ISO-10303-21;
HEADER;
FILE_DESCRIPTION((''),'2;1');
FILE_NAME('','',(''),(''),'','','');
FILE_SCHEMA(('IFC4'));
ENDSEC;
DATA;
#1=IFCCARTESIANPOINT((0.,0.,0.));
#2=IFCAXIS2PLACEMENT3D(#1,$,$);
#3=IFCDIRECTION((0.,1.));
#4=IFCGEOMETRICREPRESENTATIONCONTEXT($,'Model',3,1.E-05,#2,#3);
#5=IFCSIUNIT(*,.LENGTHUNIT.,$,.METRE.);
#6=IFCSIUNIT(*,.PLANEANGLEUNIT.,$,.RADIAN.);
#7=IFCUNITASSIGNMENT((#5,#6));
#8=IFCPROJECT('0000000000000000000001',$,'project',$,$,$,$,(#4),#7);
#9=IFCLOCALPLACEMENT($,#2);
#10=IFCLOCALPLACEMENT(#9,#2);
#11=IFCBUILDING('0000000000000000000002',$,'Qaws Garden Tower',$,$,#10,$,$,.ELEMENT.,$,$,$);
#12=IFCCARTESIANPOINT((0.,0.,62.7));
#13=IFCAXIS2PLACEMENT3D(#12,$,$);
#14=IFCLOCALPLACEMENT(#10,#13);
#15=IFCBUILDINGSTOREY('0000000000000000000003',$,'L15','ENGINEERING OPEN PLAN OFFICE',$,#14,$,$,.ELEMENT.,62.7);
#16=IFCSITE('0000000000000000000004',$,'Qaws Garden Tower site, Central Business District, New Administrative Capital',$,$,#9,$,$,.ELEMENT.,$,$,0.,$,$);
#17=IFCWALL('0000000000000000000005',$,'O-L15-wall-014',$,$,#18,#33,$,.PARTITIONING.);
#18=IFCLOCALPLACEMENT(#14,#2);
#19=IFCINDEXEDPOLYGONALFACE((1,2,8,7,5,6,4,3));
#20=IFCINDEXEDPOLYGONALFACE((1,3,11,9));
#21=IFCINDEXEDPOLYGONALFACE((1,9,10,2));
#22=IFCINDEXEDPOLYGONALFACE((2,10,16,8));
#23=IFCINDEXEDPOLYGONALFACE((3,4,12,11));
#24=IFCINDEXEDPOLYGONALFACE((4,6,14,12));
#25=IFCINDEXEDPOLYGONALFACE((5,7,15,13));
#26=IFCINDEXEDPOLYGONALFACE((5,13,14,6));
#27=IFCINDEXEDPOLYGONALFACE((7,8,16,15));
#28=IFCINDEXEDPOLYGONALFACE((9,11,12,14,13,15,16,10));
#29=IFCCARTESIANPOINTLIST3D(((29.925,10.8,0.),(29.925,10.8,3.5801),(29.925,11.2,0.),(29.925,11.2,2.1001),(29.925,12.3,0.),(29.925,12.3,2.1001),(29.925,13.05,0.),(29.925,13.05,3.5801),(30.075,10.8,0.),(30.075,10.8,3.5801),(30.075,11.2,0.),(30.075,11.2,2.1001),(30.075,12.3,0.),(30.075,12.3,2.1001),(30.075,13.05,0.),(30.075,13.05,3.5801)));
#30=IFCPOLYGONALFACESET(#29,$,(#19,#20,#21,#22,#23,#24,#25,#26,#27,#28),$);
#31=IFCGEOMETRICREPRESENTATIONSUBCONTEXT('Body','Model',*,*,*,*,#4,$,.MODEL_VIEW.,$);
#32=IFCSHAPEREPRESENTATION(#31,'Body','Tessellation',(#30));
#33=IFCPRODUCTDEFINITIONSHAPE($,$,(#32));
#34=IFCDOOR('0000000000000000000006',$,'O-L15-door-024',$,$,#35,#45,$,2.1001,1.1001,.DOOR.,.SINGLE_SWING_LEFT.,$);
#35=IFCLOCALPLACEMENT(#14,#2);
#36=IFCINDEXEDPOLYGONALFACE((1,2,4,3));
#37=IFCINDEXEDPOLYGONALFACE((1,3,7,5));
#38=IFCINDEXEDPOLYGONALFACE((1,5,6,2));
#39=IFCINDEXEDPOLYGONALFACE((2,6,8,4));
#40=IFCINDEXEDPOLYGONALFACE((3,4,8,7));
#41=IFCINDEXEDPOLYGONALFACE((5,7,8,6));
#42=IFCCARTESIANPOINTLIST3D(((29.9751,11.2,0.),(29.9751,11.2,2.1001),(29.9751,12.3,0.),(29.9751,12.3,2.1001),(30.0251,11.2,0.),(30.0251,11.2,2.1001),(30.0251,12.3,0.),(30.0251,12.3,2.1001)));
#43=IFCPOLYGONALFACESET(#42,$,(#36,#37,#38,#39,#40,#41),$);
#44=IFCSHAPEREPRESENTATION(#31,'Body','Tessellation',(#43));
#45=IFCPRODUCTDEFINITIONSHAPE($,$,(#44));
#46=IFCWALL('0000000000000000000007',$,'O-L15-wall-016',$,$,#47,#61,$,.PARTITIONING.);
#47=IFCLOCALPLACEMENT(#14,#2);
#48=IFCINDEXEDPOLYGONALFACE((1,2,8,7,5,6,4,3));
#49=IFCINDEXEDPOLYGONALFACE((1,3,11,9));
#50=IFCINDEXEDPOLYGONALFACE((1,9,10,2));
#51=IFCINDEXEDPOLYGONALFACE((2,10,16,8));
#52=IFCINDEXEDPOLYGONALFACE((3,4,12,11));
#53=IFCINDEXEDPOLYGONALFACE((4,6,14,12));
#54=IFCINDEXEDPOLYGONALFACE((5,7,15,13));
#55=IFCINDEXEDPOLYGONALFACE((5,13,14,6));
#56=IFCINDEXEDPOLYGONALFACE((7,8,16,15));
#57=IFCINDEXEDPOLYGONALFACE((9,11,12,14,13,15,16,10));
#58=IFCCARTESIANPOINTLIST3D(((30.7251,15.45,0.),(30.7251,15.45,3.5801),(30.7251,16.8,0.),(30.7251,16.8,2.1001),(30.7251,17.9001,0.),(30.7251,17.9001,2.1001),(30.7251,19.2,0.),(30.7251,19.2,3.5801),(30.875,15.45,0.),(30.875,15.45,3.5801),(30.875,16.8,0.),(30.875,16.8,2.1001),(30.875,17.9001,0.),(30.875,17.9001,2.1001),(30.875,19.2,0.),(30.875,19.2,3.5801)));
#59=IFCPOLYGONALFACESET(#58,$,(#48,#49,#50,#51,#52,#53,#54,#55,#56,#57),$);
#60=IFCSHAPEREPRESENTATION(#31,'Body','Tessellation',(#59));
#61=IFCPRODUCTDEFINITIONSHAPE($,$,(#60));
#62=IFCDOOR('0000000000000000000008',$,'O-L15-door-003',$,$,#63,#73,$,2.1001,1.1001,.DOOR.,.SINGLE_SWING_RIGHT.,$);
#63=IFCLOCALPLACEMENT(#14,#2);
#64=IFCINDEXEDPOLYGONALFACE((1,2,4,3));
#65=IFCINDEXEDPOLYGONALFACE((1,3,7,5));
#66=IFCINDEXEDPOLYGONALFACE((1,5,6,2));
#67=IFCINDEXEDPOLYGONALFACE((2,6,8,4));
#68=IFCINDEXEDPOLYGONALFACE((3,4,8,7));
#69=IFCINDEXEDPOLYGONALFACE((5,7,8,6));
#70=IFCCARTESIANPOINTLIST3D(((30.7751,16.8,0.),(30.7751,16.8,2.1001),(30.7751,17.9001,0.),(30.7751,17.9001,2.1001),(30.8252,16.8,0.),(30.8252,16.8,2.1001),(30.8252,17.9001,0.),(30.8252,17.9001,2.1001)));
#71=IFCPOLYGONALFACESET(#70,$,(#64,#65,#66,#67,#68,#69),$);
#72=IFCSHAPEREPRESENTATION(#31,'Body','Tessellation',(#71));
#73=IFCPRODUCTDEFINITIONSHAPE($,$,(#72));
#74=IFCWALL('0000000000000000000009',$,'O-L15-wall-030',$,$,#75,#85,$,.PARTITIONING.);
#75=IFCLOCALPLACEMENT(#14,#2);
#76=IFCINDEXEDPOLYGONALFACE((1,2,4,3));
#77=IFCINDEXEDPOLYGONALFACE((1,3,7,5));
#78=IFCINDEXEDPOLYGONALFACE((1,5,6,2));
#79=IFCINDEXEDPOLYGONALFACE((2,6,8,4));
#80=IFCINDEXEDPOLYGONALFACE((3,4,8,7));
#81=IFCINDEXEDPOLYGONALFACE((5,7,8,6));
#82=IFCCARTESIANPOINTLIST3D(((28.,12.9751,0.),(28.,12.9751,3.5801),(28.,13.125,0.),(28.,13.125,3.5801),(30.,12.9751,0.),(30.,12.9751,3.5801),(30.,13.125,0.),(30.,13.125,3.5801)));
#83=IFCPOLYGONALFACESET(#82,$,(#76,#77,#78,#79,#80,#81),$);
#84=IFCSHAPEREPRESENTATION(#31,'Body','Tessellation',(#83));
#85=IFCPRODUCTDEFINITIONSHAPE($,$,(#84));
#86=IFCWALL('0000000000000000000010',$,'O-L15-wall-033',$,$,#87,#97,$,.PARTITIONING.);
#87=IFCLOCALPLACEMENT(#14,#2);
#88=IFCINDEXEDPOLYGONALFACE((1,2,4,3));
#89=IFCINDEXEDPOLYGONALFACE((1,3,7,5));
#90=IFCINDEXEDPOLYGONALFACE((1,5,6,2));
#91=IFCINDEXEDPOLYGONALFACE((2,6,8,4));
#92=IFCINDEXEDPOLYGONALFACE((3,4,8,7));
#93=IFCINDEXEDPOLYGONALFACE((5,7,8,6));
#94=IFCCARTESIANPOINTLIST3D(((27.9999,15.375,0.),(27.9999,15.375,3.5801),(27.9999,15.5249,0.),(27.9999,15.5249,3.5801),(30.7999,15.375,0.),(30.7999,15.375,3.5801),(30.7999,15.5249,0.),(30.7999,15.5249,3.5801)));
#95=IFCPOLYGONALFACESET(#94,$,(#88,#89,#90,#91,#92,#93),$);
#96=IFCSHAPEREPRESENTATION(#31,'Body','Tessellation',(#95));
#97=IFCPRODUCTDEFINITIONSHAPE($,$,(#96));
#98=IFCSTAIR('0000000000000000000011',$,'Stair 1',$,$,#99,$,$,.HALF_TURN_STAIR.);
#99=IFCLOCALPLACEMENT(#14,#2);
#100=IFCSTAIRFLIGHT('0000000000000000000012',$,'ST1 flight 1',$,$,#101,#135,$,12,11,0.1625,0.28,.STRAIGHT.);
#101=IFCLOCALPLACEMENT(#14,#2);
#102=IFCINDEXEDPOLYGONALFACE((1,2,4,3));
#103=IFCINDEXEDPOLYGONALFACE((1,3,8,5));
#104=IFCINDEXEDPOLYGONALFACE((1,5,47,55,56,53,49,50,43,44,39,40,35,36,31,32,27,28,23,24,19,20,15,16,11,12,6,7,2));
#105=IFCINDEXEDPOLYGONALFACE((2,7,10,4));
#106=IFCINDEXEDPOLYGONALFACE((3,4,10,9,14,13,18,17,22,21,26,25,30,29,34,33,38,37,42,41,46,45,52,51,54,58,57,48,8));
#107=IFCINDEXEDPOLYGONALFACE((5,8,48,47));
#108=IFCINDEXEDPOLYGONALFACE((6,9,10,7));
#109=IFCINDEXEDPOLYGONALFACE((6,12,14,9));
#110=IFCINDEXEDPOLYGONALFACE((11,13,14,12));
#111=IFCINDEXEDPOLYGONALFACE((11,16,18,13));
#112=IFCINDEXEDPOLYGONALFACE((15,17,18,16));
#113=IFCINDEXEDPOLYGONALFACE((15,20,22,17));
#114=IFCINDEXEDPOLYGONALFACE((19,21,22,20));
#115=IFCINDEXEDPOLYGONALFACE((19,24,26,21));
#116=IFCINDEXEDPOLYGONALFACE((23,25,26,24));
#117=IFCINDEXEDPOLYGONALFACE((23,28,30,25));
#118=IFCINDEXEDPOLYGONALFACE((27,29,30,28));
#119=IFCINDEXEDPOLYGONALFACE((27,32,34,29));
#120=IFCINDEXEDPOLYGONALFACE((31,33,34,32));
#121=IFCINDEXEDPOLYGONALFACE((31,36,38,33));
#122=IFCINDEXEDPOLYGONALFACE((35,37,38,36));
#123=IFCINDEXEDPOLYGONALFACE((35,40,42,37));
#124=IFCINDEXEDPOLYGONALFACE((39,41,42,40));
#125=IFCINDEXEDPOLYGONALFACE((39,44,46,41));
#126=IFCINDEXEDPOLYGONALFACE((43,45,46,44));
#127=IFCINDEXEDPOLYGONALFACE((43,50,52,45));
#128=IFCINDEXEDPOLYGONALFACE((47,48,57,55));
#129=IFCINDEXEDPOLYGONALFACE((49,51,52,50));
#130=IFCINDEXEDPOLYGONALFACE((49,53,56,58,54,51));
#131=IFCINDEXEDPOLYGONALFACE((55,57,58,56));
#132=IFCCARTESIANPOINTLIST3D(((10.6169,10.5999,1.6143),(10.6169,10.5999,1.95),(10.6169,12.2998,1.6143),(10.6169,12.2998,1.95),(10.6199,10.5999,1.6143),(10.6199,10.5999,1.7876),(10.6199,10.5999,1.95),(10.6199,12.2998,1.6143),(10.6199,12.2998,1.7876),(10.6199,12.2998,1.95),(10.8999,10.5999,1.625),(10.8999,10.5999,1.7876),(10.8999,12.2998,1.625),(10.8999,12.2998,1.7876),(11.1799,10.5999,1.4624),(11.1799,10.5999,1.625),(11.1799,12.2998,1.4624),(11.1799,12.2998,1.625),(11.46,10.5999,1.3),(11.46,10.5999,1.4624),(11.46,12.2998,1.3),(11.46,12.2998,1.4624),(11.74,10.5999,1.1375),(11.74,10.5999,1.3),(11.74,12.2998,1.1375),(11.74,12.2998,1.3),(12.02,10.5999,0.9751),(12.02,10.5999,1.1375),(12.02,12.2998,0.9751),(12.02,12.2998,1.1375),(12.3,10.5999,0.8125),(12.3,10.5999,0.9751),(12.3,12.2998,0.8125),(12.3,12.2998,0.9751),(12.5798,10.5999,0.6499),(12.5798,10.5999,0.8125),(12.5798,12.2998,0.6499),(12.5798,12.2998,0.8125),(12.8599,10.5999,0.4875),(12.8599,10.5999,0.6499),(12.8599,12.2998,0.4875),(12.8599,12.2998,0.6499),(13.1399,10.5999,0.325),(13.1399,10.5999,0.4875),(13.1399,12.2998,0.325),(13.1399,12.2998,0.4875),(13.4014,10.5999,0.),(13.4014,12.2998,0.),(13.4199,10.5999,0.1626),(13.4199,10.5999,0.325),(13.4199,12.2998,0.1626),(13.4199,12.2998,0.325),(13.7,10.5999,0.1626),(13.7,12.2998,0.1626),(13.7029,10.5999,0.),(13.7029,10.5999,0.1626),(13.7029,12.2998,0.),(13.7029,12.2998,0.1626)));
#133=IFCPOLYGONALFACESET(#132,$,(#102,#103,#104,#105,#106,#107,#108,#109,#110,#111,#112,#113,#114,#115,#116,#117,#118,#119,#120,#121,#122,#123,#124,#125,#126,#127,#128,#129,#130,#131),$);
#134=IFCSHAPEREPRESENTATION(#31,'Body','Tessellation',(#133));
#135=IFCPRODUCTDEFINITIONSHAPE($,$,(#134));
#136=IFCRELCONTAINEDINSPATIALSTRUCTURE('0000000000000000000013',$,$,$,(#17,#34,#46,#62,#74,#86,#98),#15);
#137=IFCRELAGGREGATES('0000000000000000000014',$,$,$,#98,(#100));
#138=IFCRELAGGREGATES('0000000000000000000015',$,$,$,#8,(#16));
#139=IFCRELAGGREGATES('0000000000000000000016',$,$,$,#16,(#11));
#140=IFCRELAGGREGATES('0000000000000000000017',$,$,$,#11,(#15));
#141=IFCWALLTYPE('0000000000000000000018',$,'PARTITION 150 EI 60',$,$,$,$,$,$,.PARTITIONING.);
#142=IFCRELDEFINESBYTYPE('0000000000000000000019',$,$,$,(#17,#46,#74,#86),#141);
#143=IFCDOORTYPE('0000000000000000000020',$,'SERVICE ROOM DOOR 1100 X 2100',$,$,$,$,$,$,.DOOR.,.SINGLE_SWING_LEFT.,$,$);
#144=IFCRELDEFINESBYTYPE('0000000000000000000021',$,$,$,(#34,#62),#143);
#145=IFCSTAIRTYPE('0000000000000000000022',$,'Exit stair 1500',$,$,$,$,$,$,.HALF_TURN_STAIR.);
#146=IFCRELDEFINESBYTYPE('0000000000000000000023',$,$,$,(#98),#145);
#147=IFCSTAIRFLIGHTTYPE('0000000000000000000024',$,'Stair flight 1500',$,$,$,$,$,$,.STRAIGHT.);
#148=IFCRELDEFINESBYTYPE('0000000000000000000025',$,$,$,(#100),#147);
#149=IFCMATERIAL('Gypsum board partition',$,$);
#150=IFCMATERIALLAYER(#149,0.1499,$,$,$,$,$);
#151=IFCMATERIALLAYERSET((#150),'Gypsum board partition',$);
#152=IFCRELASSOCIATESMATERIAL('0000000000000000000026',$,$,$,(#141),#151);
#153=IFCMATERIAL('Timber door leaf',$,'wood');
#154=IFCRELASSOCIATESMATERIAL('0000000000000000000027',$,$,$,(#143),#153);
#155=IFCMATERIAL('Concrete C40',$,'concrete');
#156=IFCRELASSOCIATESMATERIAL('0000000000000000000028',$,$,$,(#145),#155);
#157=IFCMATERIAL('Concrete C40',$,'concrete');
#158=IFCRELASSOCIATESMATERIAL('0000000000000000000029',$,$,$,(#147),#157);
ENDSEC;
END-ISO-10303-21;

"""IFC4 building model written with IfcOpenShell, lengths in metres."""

from ifc_helpers import new_model, si_unit, direction, frame, frame_2d, origin, place, context, subcontext, project, spatial, polyline, rectangle, outline, extrude, material, layer, layer_set, type_object, element, fill, aggregate, save


model = new_model("IFC4")

# Units and contexts
model_context = context("Model", 3, precision=1e-05, world=origin(), true_north=direction((0.0, 1.0)))
body_context = subcontext(model_context, "Body", "Model", "MODEL_VIEW")
ifc_project = project(units=[si_unit("LENGTHUNIT", "METRE"), si_unit("PLANEANGLEUNIT", "RADIAN")], contexts=[model_context])

# Site, building, storey
site_placement = place(None, origin())
site = spatial("IfcSite", under=ifc_project, at=site_placement, Name="Qaws Garden Tower site, Central Business District, New Administrative Capital", CompositionType="ELEMENT", RefElevation=0.0)
building_placement = place(site_placement, origin())
building = spatial("IfcBuilding", under=site, at=building_placement, Name="Qaws Garden Tower", CompositionType="ELEMENT")
storey_placement = place(building_placement, frame((0.0, 0.0, 62.7)))
storey = spatial("IfcBuildingStorey", under=building, at=storey_placement, Name="L15", Description="ENGINEERING OPEN PLAN OFFICE", CompositionType="ELEMENT", Elevation=62.7)

# Walls, openings, doors
ifc_material_1 = material(Name="Gypsum board partition")
ifc_layer_1 = layer(ifc_material_1, 0.1499)
ifc_layer_set_1 = layer_set([ifc_layer_1], Name="Gypsum board partition")
wall_type_1 = type_object("IfcWallType", Name="PARTITION 150 EI 60", PredefinedType="PARTITIONING", material=ifc_layer_set_1)
wall_1_placement = place(storey_placement, frame((30.0, 10.8, 0.0), z_axis=(0.0, 0.0, 1.0), x_axis=(0.0, 1.0, 0.0)))
wall_1 = element("IfcWall", 1, at=wall_1_placement, inside=storey, type_object=wall_type_1, Name="O-L15-wall-014", PredefinedType="PARTITIONING", context=body_context, shape_type="SweptSolid", body=[
    extrude(rectangle(XDim=2.25, YDim=0.1499, at=frame_2d((1.125, 0.0))), origin(), (0.0, 0.0, 1.0), 3.5801),
])
opening_1_placement = place(wall_1_placement, frame((0.3999, 0.0, 0.0)))
opening_1 = element("IfcOpeningElement", 2, at=opening_1_placement, cuts=wall_1, PredefinedType="OPENING", context=body_context, shape_type="SweptSolid", body=[
    extrude(rectangle(XDim=1.1001, YDim=2.1001, at=frame_2d((0.55, 1.05))), frame((0.0, 0.085, 0.0), z_axis=(0.0, -1.0, 0.0), x_axis=(1.0, 0.0, 0.0)), (0.0, 0.0, 1.0), 0.1699),
])
ifc_material_2 = material(Name="Timber door leaf", Category="wood")
door_type_1 = type_object("IfcDoorType", Name="SERVICE ROOM DOOR 1100 X 2100", OperationType="SINGLE_SWING_LEFT", PredefinedType="DOOR", material=ifc_material_2)
door_1_placement = place(opening_1_placement, origin())
door_1 = element("IfcDoor", 3, at=door_1_placement, inside=storey, type_object=door_type_1, Name="O-L15-door-024", OperationType="SINGLE_SWING_LEFT", OverallHeight=2.1001, OverallWidth=1.1001, PredefinedType="DOOR", context=body_context, shape_type="SweptSolid", body=[
    extrude(rectangle(XDim=1.1001, YDim=2.1001, at=frame_2d((0.55, 1.05))), frame((0.0, 0.0249, 0.0), z_axis=(0.0, -1.0, 0.0), x_axis=(1.0, 0.0, 0.0)), (0.0, 0.0, 1.0), 0.05),
])
fill(opening_1, door_1)
wall_2_placement = place(storey_placement, frame((30.8, 15.45, 0.0), z_axis=(0.0, 0.0, 1.0), x_axis=(0.0, 1.0, 0.0)))
wall_2 = element("IfcWall", 4, at=wall_2_placement, inside=storey, type_object=wall_type_1, Name="O-L15-wall-016", PredefinedType="PARTITIONING", context=body_context, shape_type="SweptSolid", body=[
    extrude(rectangle(XDim=3.75, YDim=0.1499, at=frame_2d((1.875, 0.0))), origin(), (0.0, 0.0, 1.0), 3.5801),
])
opening_2_placement = place(wall_2_placement, frame((1.3501, 0.0, 0.0)))
opening_2 = element("IfcOpeningElement", 5, at=opening_2_placement, cuts=wall_2, PredefinedType="OPENING", context=body_context, shape_type="SweptSolid", body=[
    extrude(rectangle(XDim=1.1001, YDim=2.1001, at=frame_2d((0.55, 1.05))), frame((0.0, 0.085, 0.0), z_axis=(0.0, -1.0, 0.0), x_axis=(1.0, 0.0, 0.0)), (0.0, 0.0, 1.0), 0.1699),
])
door_2_placement = place(opening_2_placement, origin())
door_2 = element("IfcDoor", 6, at=door_2_placement, inside=storey, type_object=door_type_1, Name="O-L15-door-003", OperationType="SINGLE_SWING_RIGHT", OverallHeight=2.1001, OverallWidth=1.1001, PredefinedType="DOOR", context=body_context, shape_type="SweptSolid", body=[
    extrude(rectangle(XDim=1.1001, YDim=2.1001, at=frame_2d((0.55, 1.05))), frame((0.0, 0.0249, 0.0), z_axis=(0.0, -1.0, 0.0), x_axis=(1.0, 0.0, 0.0)), (0.0, 0.0, 1.0), 0.05),
])
fill(opening_2, door_2)

# Walls
wall_3_placement = place(storey_placement, frame((28.0, 13.05, 0.0), z_axis=(0.0, 0.0, 1.0), x_axis=(1.0, 0.0, 0.0)))
element("IfcWall", 7, at=wall_3_placement, inside=storey, type_object=wall_type_1, Name="O-L15-wall-030", PredefinedType="PARTITIONING", context=body_context, shape_type="SweptSolid", body=[
    extrude(rectangle(XDim=2.0, YDim=0.1499, at=frame_2d((1.0, 0.0))), origin(), (0.0, 0.0, 1.0), 3.5801),
])
wall_4_placement = place(storey_placement, frame((28.0, 15.45, 0.0), z_axis=(0.0, 0.0, 1.0), x_axis=(1.0, 0.0, 0.0)))
element("IfcWall", 8, at=wall_4_placement, inside=storey, type_object=wall_type_1, Name="O-L15-wall-033", PredefinedType="PARTITIONING", context=body_context, shape_type="SweptSolid", body=[
    extrude(rectangle(XDim=2.8, YDim=0.1499, at=frame_2d((1.3999, 0.0))), origin(), (0.0, 0.0, 1.0), 3.5801),
])

# Stair, stair flight
ifc_material_3 = material(Name="Concrete C40", Category="concrete")
stair_type = type_object("IfcStairType", Name="Exit stair 1500", PredefinedType="HALF_TURN_STAIR", material=ifc_material_3)
stair_placement = place(storey_placement, origin())
stair = element("IfcStair", 9, at=stair_placement, inside=storey, type_object=stair_type, Name="Stair 1", PredefinedType="HALF_TURN_STAIR")
ifc_material_4 = material(Name="Concrete C40", Category="concrete")
stair_flight_type = type_object("IfcStairFlightType", Name="Stair flight 1500", PredefinedType="STRAIGHT", material=ifc_material_4)
stair_flight_placement = place(storey_placement, frame((13.7, 11.45, 0.0), z_axis=(0.0, 0.0, 1.0), x_axis=(-1.0, 0.0, 0.0)))
stair_flight = element("IfcStairFlight", 10, at=stair_flight_placement, type_object=stair_flight_type, Name="ST1 flight 1", NumberOfRisers=12, NumberOfTreads=11, PredefinedType="STRAIGHT", RiserHeight=0.1625, TreadLength=0.28, context=body_context, shape_type="SweptSolid", body=[
    extrude(outline(polyline([(-0.0029, 0.0), (-0.0029, 0.1626), (0.0, 0.1626), (0.28, 0.1626), (0.28, 0.325), (0.5601, 0.325), (0.5601, 0.4875), (0.8401, 0.4875), (0.8401, 0.6499), (1.1201, 0.6499), (1.1201, 0.8125), (1.3999, 0.8125), (1.3999, 0.9751), (1.6799, 0.9751), (1.6799, 1.1375), (1.96, 1.1375), (1.96, 1.3), (2.24, 1.3), (2.24, 1.4624), (2.52, 1.4624), (2.52, 1.625), (2.8, 1.625), (2.8, 1.7876), (3.0801, 1.7876), (3.0801, 1.95), (3.083, 1.95), (3.083, 1.6143), (3.0801, 1.6143), (0.2986, 0.0), (-0.0029, 0.0)])), frame((0.0, 0.8501, 0.0), z_axis=(0.0, -1.0, 0.0), x_axis=(1.0, 0.0, 0.0)), (0.0, 0.0, 1.0), 1.7),
])
aggregate(stair, [stair_flight])

save(model, "model.ifc")
